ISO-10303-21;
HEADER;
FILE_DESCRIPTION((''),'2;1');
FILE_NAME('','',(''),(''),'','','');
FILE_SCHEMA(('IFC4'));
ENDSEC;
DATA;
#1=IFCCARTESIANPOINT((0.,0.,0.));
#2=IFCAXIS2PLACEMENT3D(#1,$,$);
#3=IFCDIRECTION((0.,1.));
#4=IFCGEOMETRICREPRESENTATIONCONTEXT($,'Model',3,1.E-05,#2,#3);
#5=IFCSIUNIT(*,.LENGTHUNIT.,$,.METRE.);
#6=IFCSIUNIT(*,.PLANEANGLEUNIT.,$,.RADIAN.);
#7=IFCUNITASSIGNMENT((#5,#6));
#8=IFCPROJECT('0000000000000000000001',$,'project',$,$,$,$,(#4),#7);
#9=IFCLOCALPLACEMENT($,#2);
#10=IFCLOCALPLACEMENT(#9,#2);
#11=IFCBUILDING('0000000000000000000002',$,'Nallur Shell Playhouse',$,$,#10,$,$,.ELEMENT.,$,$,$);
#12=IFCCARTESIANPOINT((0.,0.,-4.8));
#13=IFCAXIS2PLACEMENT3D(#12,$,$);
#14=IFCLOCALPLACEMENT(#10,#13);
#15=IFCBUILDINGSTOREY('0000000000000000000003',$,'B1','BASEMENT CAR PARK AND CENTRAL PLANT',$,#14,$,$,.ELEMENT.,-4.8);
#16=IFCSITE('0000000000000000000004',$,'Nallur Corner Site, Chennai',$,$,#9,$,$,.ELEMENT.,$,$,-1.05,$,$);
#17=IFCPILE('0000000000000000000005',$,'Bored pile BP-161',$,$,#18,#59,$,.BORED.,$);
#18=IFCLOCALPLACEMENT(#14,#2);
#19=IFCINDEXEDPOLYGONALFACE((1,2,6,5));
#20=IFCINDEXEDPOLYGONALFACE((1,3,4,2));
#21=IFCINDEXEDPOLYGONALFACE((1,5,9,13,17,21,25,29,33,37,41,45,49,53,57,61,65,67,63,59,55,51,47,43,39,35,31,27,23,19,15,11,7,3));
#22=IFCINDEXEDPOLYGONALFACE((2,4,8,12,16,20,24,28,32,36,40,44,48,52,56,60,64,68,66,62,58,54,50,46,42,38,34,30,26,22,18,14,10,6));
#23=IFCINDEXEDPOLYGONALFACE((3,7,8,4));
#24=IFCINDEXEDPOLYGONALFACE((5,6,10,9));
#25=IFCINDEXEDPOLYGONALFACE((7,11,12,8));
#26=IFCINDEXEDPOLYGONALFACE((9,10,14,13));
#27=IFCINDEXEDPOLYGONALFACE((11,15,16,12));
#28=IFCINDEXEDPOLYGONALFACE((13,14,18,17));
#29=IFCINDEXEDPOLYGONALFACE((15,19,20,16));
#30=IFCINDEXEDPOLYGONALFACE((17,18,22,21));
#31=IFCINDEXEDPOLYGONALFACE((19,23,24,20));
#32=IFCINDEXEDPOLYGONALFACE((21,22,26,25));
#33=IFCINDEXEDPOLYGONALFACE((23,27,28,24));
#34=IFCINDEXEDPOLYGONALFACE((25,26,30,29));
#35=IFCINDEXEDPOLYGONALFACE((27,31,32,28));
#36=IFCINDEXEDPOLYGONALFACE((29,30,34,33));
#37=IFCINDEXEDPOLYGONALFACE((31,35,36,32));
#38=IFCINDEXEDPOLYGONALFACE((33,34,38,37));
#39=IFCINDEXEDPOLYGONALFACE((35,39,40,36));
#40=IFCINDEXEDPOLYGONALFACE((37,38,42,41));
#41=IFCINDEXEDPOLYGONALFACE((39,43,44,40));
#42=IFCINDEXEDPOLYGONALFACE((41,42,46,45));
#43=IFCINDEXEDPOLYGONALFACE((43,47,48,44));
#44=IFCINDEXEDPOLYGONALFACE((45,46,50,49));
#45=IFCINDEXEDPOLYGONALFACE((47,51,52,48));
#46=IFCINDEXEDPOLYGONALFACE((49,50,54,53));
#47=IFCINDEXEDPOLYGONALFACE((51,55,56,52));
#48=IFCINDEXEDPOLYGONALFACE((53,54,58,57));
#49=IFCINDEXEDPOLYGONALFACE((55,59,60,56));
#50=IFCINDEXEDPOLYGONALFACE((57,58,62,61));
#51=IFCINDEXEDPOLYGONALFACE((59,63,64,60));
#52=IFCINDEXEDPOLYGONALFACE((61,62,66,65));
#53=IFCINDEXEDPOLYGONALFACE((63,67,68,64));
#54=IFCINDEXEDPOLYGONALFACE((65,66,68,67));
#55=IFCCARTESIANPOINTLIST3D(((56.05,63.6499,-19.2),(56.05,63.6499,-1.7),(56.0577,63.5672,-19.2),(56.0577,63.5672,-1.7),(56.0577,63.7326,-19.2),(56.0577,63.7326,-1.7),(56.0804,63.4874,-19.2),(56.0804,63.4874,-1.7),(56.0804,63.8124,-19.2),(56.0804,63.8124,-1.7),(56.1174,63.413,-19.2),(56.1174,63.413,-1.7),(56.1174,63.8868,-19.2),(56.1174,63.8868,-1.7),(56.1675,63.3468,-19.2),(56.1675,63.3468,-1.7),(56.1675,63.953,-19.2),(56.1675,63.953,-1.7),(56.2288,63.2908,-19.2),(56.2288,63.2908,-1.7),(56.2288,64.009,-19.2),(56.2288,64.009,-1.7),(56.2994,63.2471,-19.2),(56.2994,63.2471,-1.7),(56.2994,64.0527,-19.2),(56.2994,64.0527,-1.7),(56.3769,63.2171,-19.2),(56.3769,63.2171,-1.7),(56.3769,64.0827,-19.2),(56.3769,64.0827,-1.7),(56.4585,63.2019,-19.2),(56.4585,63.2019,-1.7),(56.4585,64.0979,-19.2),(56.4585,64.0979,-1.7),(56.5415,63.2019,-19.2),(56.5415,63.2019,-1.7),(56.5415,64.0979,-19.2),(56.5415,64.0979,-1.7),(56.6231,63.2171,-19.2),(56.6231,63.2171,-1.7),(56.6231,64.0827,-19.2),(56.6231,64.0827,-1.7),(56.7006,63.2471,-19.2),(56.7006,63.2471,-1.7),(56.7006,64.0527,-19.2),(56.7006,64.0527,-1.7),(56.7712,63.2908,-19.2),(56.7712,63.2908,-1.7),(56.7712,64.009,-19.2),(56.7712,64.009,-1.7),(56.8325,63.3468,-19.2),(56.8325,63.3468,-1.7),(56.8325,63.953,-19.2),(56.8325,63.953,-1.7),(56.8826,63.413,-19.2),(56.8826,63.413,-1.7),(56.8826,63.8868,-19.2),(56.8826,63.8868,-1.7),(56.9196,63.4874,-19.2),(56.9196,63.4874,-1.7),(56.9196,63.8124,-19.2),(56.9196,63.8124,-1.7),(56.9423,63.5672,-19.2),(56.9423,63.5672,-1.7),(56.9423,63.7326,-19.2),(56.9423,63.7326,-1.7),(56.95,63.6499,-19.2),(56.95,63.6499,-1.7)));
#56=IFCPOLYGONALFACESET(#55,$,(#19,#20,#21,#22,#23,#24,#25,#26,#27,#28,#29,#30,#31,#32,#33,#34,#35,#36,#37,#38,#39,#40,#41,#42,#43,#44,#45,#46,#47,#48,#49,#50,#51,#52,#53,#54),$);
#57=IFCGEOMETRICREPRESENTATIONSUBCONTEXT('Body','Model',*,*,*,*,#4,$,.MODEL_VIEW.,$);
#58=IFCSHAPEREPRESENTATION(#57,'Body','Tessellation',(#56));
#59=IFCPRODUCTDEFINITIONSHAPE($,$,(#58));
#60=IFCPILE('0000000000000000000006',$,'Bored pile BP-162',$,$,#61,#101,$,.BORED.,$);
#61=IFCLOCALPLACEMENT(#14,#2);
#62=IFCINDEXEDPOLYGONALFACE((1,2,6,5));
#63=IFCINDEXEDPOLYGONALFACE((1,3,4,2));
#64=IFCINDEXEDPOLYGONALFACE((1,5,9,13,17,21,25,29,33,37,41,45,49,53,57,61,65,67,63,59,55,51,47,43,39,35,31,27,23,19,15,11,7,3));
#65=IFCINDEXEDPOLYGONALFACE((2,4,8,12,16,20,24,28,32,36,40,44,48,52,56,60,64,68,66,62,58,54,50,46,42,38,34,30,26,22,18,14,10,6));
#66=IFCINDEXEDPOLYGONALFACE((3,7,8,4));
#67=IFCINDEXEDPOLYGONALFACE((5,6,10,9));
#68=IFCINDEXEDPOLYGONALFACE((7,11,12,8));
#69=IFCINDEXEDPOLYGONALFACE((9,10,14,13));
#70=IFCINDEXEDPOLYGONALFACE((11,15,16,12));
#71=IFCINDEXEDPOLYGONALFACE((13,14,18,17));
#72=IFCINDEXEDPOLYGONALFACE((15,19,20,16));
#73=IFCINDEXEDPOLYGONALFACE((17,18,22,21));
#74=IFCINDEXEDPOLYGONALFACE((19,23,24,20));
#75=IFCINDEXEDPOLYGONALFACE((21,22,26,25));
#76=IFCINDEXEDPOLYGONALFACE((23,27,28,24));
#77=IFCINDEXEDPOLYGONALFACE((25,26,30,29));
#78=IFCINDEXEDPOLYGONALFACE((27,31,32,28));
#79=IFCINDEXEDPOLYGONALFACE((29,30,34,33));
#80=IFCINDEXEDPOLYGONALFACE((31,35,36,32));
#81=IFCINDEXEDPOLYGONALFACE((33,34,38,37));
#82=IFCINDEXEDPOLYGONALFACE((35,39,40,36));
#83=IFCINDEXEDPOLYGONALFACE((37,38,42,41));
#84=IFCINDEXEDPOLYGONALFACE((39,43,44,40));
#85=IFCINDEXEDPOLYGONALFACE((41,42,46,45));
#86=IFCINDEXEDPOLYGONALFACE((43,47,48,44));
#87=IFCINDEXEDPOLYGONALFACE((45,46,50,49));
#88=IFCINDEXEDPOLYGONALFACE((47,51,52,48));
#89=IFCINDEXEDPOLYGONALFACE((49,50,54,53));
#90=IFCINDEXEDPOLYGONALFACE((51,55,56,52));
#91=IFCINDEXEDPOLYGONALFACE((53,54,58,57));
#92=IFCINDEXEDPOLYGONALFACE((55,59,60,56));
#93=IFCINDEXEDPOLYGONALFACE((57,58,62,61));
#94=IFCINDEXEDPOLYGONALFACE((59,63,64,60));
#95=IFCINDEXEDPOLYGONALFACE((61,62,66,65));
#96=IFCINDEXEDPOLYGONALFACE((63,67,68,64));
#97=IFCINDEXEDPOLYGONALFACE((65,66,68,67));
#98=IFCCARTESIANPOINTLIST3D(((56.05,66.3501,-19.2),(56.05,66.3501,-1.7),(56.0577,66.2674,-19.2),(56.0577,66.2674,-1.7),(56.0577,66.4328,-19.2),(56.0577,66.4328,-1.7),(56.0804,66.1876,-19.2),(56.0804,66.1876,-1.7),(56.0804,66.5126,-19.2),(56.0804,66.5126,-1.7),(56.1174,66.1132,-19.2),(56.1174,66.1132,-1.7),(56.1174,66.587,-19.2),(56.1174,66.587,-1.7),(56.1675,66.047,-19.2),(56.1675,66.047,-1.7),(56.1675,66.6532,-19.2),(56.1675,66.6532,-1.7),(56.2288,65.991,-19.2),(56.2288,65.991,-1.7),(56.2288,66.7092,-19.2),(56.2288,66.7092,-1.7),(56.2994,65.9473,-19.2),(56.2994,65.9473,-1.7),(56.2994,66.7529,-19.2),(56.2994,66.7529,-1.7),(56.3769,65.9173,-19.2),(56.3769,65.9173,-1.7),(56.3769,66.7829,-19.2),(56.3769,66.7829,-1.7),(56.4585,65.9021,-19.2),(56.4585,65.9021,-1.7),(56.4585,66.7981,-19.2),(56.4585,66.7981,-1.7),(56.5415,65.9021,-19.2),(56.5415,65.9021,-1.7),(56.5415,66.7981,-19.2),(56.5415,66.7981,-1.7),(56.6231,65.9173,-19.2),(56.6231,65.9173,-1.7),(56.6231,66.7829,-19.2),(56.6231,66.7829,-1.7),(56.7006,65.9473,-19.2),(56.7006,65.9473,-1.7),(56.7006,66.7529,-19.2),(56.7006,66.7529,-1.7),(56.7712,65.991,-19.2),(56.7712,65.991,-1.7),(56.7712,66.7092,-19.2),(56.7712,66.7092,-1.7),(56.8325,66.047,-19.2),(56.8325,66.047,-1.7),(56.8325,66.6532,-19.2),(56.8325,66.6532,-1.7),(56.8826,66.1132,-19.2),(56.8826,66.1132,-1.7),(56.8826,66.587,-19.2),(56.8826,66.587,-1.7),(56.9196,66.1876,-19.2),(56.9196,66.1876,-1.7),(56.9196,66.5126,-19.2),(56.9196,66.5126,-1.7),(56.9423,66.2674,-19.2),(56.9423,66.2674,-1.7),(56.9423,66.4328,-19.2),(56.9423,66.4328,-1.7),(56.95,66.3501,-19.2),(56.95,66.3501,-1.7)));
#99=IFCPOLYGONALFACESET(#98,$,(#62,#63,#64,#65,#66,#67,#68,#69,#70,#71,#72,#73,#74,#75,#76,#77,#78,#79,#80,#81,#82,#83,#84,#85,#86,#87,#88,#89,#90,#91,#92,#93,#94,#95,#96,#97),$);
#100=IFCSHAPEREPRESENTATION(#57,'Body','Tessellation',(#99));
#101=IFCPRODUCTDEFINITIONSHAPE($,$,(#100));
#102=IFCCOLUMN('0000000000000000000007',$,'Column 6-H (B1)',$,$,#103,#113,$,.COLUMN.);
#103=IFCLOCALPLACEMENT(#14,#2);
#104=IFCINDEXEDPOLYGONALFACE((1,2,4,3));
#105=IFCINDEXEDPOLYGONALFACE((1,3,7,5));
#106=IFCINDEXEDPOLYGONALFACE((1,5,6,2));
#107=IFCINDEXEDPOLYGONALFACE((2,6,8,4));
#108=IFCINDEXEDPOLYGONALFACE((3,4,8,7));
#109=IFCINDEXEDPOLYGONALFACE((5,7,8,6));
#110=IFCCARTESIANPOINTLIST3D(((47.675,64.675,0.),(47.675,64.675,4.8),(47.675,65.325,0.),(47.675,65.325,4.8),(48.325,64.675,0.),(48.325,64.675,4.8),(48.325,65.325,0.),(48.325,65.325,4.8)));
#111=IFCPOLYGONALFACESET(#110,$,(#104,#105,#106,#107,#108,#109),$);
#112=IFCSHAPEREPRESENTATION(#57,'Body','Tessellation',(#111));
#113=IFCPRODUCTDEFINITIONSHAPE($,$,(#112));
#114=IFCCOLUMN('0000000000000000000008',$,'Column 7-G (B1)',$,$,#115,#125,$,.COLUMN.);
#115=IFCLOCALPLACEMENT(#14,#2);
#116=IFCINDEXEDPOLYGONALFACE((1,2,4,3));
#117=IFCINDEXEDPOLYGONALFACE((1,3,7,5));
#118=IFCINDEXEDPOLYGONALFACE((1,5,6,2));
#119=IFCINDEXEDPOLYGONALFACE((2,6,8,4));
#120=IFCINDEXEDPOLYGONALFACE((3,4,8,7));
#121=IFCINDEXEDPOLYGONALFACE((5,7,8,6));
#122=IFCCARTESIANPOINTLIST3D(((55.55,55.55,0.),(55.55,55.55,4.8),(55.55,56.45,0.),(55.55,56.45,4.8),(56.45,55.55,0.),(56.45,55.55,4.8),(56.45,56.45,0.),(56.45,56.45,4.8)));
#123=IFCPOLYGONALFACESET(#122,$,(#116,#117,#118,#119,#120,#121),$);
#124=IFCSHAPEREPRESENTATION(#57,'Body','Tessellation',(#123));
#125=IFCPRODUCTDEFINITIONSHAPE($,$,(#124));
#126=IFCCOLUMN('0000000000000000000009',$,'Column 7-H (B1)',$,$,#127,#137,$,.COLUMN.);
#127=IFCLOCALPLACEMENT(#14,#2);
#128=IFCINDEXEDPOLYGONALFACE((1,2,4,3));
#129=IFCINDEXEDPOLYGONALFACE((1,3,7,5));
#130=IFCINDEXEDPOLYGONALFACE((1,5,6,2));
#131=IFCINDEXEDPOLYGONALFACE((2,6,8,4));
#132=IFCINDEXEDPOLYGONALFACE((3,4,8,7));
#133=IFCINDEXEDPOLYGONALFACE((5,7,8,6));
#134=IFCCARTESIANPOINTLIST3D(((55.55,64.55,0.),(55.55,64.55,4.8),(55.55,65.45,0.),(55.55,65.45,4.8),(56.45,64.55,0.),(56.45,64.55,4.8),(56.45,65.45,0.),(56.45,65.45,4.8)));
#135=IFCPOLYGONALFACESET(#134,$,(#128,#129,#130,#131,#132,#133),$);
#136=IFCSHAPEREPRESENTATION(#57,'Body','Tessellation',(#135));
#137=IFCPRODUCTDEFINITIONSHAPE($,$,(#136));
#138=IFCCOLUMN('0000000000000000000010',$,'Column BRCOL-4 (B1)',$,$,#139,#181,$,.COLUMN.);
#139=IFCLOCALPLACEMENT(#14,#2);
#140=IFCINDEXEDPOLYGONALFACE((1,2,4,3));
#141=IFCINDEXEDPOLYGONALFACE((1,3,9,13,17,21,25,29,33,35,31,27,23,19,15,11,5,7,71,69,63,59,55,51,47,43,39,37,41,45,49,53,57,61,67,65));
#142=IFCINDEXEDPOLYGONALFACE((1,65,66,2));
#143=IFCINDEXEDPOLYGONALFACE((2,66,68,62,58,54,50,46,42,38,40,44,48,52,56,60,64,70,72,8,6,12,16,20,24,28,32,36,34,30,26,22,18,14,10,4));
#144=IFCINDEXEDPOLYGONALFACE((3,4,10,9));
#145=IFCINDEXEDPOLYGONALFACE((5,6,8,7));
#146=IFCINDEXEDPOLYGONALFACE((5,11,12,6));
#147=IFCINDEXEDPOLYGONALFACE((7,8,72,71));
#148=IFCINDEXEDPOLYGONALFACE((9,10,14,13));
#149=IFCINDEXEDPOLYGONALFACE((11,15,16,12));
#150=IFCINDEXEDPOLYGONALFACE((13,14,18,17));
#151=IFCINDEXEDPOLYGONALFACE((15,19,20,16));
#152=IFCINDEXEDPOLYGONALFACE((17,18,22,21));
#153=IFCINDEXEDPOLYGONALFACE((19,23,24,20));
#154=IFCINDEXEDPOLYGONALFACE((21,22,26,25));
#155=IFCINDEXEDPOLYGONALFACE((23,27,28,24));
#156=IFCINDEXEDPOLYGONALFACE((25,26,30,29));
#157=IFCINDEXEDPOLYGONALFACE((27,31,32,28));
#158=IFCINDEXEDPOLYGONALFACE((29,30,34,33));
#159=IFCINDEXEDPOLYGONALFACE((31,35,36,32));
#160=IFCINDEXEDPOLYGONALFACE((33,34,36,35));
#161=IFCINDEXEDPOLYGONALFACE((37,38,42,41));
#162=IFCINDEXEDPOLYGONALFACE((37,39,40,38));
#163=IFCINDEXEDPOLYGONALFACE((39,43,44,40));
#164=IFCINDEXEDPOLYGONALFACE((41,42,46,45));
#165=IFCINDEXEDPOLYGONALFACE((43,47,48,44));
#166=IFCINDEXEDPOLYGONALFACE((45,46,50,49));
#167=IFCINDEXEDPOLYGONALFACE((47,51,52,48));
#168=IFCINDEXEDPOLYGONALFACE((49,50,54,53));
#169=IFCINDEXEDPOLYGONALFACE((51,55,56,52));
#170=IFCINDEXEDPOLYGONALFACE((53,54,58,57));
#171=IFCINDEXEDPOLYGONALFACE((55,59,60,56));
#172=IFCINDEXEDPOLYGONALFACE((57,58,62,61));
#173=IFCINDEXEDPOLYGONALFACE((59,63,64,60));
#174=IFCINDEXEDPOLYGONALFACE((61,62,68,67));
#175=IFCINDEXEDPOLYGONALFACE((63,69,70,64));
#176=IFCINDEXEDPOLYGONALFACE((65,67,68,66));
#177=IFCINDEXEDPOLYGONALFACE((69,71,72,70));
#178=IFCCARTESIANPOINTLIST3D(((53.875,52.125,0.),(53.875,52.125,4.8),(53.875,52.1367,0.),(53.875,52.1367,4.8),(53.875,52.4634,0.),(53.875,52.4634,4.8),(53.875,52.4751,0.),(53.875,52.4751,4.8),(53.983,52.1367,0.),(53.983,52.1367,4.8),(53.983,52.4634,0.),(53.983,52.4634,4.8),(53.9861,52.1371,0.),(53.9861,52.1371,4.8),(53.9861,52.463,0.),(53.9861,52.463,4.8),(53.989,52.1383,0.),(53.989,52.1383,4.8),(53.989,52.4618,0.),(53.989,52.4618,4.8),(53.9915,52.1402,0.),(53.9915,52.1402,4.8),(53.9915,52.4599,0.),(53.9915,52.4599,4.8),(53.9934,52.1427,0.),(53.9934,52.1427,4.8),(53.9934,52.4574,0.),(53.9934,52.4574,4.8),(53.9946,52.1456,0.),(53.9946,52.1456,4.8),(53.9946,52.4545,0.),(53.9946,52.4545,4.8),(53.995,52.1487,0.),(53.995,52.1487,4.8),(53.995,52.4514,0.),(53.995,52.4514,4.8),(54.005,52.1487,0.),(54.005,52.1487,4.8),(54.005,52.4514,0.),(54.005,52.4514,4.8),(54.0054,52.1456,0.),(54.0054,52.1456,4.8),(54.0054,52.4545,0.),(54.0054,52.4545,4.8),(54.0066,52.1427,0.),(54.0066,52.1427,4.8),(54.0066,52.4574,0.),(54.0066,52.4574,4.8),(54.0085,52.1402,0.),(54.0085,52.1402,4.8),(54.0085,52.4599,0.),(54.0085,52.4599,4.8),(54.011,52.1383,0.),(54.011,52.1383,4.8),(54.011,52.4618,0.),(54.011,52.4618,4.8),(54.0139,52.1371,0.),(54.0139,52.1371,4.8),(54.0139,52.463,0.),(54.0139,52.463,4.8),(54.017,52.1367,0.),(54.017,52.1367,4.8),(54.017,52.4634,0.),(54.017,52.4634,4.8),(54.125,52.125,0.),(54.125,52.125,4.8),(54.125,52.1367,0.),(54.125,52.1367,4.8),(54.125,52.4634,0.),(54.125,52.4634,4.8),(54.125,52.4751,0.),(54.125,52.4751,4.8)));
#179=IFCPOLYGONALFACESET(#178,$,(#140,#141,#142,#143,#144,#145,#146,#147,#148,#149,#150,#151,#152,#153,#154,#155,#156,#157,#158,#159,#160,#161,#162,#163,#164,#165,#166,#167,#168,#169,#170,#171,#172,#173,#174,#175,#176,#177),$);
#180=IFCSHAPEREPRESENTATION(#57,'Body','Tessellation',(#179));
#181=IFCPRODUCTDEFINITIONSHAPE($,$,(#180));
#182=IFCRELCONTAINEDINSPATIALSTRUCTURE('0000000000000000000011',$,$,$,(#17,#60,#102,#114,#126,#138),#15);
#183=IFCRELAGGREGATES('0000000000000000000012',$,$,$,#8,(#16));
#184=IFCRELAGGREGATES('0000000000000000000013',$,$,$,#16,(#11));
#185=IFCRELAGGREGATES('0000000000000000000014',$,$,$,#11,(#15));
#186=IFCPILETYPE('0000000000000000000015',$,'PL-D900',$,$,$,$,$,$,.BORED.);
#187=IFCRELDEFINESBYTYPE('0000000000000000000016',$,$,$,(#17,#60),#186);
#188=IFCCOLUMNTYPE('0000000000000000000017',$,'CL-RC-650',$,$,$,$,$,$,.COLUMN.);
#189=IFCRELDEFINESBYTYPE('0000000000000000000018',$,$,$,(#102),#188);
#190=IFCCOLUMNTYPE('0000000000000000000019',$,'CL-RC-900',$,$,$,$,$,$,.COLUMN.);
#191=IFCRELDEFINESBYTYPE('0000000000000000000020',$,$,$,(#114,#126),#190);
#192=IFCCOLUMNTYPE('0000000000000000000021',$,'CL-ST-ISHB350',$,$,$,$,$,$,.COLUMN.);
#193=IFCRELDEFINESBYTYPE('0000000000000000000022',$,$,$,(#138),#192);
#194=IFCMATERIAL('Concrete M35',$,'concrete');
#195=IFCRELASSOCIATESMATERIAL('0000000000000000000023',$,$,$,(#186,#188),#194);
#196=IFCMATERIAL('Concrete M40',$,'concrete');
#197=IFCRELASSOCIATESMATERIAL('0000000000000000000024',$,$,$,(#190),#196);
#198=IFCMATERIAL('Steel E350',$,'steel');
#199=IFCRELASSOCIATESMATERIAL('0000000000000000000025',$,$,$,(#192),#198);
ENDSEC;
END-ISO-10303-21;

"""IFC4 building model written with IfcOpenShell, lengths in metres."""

from ifc_helpers import new_model, si_unit, direction, frame, origin, origin_2d, place, context, subcontext, project, spatial, rectangle, circle, i_section, extrude, material, material_profile, profile_set, type_object, element, save


model = new_model("IFC4")

# Units and contexts
model_context = context("Model", 3, precision=1e-05, world=origin(), true_north=direction((0.0, 1.0)))
body_context = subcontext(model_context, "Body", "Model", "MODEL_VIEW")
ifc_project = project(units=[si_unit("LENGTHUNIT", "METRE"), si_unit("PLANEANGLEUNIT", "RADIAN")], contexts=[model_context])

# Site, building, storey
site_placement = place(None, origin())
site = spatial("IfcSite", under=ifc_project, at=site_placement, Name="Nallur Corner Site, Chennai", CompositionType="ELEMENT", RefElevation=-1.05)
building_placement = place(site_placement, origin())
building = spatial("IfcBuilding", under=site, at=building_placement, Name="Nallur Shell Playhouse", CompositionType="ELEMENT")
storey_placement = place(building_placement, frame((0.0, 0.0, -4.8)))
storey = spatial("IfcBuildingStorey", under=building, at=storey_placement, Name="B1", Description="BASEMENT CAR PARK AND CENTRAL PLANT", CompositionType="ELEMENT", Elevation=-4.8)

# Shared definitions
ifc_material_1 = material(Name="Concrete M35", Category="concrete")

# Piles
ifc_material_profile_1 = material_profile(ifc_material_1, circle(Radius=0.45, at=origin_2d()), Name="BORED PILE D900")
ifc_profile_set_1 = profile_set([ifc_material_profile_1], Name="Concrete M35")
pile_type_1 = type_object("IfcPileType", Name="PL-D900", PredefinedType="BORED", material=ifc_profile_set_1)
for number, where, z_axis, x_axis, name in (
    (1, (56.5, 63.6499, -1.7), (0.0, 0.0, -1.0), (1.0, 0.0, 0.0), "Bored pile BP-161"),
    (2, (56.5, 66.3501, -1.7), (0.0, 0.0, -1.0), (1.0, 0.0, 0.0), "Bored pile BP-162"),
):
    element("IfcPile", number, at=place(storey_placement, frame(where, z_axis=z_axis, x_axis=x_axis)), inside=storey, type_object=pile_type_1, Name=name, PredefinedType="BORED", context=body_context, shape_type="SweptSolid", body=[
        extrude(circle(Radius=0.45, at=origin_2d()), origin(), (0.0, 0.0, 1.0), 17.5),
    ])

# Columns
ifc_material_profile_2 = material_profile(ifc_material_1, rectangle(XDim=0.6499, YDim=0.6499, at=origin_2d()), Name="RC 650x650")
ifc_profile_set_2 = profile_set([ifc_material_profile_2], Name="Concrete M35")
column_type_1 = type_object("IfcColumnType", Name="CL-RC-650", PredefinedType="COLUMN", material=ifc_profile_set_2)
column_placement = place(storey_placement, frame((48.0, 65.0, 0.0), z_axis=(0.0, 0.0, 1.0), x_axis=(1.0, 0.0, 0.0)))
element("IfcColumn", 3, at=column_placement, inside=storey, type_object=column_type_1, Name="Column 6-H (B1)", PredefinedType="COLUMN", context=body_context, shape_type="SweptSolid", body=[
    extrude(rectangle(XDim=0.6499, YDim=0.6499, at=origin_2d()), origin(), (0.0, 0.0, 1.0), 4.8),
])
ifc_material_2 = material(Name="Concrete M40", Category="concrete")
ifc_material_profile_3 = material_profile(ifc_material_2, rectangle(XDim=0.8999, YDim=0.8999, at=origin_2d()), Name="RC 900x900")
ifc_profile_set_3 = profile_set([ifc_material_profile_3], Name="Concrete M40")
column_type_2 = type_object("IfcColumnType", Name="CL-RC-900", PredefinedType="COLUMN", material=ifc_profile_set_3)
for number, where, z_axis, x_axis, name in (
    (4, (56.0, 56.0, 0.0), (0.0, 0.0, 1.0), (1.0, 0.0, 0.0), "Column 7-G (B1)"),
    (5, (56.0, 65.0, 0.0), (0.0, 0.0, 1.0), (1.0, 0.0, 0.0), "Column 7-H (B1)"),
):
    element("IfcColumn", number, at=place(storey_placement, frame(where, z_axis=z_axis, x_axis=x_axis)), inside=storey, type_object=column_type_2, Name=name, PredefinedType="COLUMN", context=body_context, shape_type="SweptSolid", body=[
        extrude(rectangle(XDim=0.8999, YDim=0.8999, at=origin_2d()), origin(), (0.0, 0.0, 1.0), 4.8),
    ])
ifc_material_3 = material(Name="Steel E350", Category="steel")
ifc_material_profile_4 = material_profile(ifc_material_3, i_section(OverallWidth=0.25, OverallDepth=0.3501, WebThickness=0.01, FlangeThickness=0.0117, FilletRadius=0.012, at=origin_2d()), Name="ISHB 350")
ifc_profile_set_4 = profile_set([ifc_material_profile_4], Name="Steel E350")
column_type_3 = type_object("IfcColumnType", Name="CL-ST-ISHB350", PredefinedType="COLUMN", material=ifc_profile_set_4)
for number, where, z_axis, x_axis, name in (
    (6, (54.0, 52.3, 0.0), (0.0, 0.0, 1.0), (1.0, 0.0, 0.0), "Column BRCOL-4 (B1)"),
):
    element("IfcColumn", number, at=place(storey_placement, frame(where, z_axis=z_axis, x_axis=x_axis)), inside=storey, type_object=column_type_3, Name=name, PredefinedType="COLUMN", context=body_context, shape_type="SweptSolid", body=[
        extrude(i_section(OverallWidth=0.25, OverallDepth=0.3501, WebThickness=0.01, FlangeThickness=0.0117, FilletRadius=0.012, at=origin_2d()), origin(), (0.0, 0.0, 1.0), 4.8),
    ])

save(model, "model.ifc")
